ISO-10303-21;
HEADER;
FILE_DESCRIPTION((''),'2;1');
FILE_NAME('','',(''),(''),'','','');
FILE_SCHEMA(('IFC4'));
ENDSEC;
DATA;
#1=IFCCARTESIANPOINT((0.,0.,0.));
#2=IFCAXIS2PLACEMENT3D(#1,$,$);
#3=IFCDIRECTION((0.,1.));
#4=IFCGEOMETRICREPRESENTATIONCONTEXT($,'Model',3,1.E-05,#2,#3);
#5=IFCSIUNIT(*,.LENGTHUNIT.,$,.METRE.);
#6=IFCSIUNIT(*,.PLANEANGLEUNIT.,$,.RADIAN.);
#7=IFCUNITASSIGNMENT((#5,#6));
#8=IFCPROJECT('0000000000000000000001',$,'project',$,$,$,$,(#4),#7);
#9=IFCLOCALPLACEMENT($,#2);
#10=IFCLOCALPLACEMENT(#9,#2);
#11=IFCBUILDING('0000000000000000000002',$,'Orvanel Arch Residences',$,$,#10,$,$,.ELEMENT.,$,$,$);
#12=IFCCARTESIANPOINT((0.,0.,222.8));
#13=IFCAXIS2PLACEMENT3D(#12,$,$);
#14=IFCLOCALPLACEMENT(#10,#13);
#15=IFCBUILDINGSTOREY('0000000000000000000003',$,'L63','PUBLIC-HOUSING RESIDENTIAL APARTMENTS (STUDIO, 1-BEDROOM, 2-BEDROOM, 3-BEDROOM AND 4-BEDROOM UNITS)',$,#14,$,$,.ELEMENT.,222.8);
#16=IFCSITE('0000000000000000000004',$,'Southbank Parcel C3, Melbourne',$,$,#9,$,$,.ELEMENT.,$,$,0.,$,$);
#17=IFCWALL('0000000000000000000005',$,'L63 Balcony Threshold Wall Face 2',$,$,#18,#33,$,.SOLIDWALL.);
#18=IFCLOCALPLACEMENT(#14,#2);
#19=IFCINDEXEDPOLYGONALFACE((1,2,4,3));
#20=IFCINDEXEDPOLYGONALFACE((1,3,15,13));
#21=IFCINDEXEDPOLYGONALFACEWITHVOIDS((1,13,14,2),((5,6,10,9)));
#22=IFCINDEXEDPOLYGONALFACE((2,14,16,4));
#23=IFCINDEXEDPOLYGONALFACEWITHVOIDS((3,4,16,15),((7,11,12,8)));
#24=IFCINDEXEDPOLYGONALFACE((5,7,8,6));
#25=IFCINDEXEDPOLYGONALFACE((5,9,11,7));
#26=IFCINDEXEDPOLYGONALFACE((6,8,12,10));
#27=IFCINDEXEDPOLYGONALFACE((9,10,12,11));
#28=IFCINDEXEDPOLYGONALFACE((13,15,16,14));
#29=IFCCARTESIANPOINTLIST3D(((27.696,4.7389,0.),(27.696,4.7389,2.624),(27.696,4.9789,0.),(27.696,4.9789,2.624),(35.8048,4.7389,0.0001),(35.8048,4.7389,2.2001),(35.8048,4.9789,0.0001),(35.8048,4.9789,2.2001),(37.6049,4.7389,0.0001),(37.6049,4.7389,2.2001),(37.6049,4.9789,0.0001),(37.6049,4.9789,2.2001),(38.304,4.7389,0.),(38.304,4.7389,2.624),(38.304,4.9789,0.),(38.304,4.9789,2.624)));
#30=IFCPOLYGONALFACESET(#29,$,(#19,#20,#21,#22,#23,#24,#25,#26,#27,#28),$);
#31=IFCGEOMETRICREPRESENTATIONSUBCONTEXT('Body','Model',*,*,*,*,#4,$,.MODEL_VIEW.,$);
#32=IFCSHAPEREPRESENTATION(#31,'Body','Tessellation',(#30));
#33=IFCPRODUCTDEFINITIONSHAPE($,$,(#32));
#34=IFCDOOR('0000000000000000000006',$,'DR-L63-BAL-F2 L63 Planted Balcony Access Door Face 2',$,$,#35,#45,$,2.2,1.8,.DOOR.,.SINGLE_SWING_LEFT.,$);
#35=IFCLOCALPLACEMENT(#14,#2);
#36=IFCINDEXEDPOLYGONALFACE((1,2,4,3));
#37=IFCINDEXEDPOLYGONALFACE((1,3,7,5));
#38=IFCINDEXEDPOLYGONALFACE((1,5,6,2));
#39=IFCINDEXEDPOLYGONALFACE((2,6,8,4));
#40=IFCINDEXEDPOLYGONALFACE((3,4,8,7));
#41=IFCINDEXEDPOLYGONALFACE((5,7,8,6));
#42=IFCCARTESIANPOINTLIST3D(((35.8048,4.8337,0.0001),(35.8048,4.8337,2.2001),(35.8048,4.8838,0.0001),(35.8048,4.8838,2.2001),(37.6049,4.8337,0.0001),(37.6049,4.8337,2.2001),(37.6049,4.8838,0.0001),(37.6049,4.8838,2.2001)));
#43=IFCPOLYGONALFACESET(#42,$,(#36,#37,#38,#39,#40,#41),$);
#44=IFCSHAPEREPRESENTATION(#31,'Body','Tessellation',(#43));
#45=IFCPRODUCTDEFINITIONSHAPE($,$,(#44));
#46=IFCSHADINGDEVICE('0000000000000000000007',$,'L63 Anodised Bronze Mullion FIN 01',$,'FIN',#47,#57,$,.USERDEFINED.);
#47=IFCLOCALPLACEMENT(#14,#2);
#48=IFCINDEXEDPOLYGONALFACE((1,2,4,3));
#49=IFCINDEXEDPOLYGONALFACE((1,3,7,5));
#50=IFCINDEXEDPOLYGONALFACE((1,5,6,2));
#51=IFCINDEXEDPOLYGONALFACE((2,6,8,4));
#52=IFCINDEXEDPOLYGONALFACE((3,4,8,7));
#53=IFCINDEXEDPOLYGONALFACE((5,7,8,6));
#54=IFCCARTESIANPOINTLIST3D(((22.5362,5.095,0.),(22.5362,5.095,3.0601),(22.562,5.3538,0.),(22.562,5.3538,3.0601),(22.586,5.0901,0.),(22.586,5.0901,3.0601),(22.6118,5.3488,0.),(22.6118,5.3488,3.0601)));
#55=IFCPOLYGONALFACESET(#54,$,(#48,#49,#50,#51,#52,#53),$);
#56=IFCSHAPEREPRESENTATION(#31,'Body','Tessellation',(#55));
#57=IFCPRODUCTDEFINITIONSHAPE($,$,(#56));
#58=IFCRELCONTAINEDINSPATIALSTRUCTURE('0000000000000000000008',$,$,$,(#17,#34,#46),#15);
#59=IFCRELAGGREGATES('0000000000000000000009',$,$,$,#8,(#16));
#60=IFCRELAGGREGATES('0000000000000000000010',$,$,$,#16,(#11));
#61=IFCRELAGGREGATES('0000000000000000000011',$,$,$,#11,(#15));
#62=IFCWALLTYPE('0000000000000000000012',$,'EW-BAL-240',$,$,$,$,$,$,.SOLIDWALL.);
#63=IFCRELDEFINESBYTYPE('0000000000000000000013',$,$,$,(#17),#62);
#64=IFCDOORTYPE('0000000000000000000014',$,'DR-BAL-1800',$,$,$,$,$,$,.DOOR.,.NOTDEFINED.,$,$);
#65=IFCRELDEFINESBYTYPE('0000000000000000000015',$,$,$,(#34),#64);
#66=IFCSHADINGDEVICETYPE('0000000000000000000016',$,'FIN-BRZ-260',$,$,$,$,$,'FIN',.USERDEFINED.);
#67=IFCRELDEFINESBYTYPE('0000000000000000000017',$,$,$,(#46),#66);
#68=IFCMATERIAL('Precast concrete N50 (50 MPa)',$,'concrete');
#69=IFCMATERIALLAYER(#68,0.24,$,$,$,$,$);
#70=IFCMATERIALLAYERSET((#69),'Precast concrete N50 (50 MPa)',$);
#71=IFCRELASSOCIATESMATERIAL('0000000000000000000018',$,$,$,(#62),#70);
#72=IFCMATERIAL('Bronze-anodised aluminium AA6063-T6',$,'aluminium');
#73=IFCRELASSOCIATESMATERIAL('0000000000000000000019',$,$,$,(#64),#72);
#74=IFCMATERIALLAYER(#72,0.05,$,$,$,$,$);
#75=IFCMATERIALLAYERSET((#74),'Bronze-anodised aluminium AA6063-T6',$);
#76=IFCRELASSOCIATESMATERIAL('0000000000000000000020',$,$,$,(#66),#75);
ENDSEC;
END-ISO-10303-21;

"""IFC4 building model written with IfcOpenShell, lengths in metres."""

from ifc_helpers import new_model, si_unit, direction, frame, frame_2d, origin, origin_2d, place, context, subcontext, project, spatial, rectangle, extrude, material, layer, layer_set, type_object, element, fill, save


model = new_model("IFC4")

# Units and contexts
model_context = context("Model", 3, precision=1e-05, world=origin(), true_north=direction((0.0, 1.0)))
body_context = subcontext(model_context, "Body", "Model", "MODEL_VIEW")
ifc_project = project(units=[si_unit("LENGTHUNIT", "METRE"), si_unit("PLANEANGLEUNIT", "RADIAN")], contexts=[model_context])

# Site, building, storey
site_placement = place(None, origin())
site = spatial("IfcSite", under=ifc_project, at=site_placement, Name="Southbank Parcel C3, Melbourne", CompositionType="ELEMENT", RefElevation=0.0)
building_placement = place(site_placement, origin())
building = spatial("IfcBuilding", under=site, at=building_placement, Name="Orvanel Arch Residences", CompositionType="ELEMENT")
storey_placement = place(building_placement, frame((0.0, 0.0, 222.8)))
storey = spatial("IfcBuildingStorey", under=building, at=storey_placement, Name="L63", Description="PUBLIC-HOUSING RESIDENTIAL APARTMENTS (STUDIO, 1-BEDROOM, 2-BEDROOM, 3-BEDROOM AND 4-BEDROOM UNITS)", CompositionType="ELEMENT", Elevation=222.8)

# Shared definitions
ifc_material_1 = material(Name="Bronze-anodised aluminium AA6063-T6", Category="aluminium")

# Wall, opening, door
ifc_material_2 = material(Name="Precast concrete N50 (50 MPa)", Category="concrete")
ifc_layer_1 = layer(ifc_material_2, 0.24)
ifc_layer_set_1 = layer_set([ifc_layer_1], Name="Precast concrete N50 (50 MPa)")
wall_type = type_object("IfcWallType", Name="EW-BAL-240", PredefinedType="SOLIDWALL", material=ifc_layer_set_1)
wall_placement = place(storey_placement, frame((27.696, 4.8589, 0.0), z_axis=(0.0, 0.0, 1.0), x_axis=(1.0, 0.0, 0.0)))
wall = element("IfcWall", 1, at=wall_placement, inside=storey, type_object=wall_type, Name="L63 Balcony Threshold Wall Face 2", PredefinedType="SOLIDWALL", context=body_context, shape_type="SweptSolid", body=[
    extrude(rectangle(XDim=10.6079, YDim=0.24, at=frame_2d((5.304, 0.0))), origin(), (0.0, 0.0, 1.0), 2.624),
])
opening_placement = place(wall_placement, frame((8.1089, 0.0, 0.0)))
opening = element("IfcOpeningElement", 2, at=opening_placement, cuts=wall, PredefinedType="OPENING", context=body_context, shape_type="SweptSolid", body=[
    extrude(rectangle(XDim=1.8, YDim=2.2, at=frame_2d((0.8999, 1.1001))), frame((0.0, 0.1299, 0.0), z_axis=(0.0, -1.0, 0.0), x_axis=(1.0, 0.0, 0.0)), (0.0, 0.0, 1.0), 0.26),
])
door_type = type_object("IfcDoorType", Name="DR-BAL-1800", OperationType="NOTDEFINED", PredefinedType="DOOR", material=ifc_material_1)
door_placement = place(opening_placement, origin())
door = element("IfcDoor", 3, at=door_placement, inside=storey, type_object=door_type, Name="DR-L63-BAL-F2 L63 Planted Balcony Access Door Face 2", OperationType="SINGLE_SWING_LEFT", OverallHeight=2.2, OverallWidth=1.8, PredefinedType="DOOR", context=body_context, shape_type="SweptSolid", body=[
    extrude(rectangle(XDim=1.8, YDim=2.2, at=frame_2d((0.8999, 1.1001))), frame((0.0, 0.0249, 0.0), z_axis=(0.0, -1.0, 0.0), x_axis=(1.0, 0.0, 0.0)), (0.0, 0.0, 1.0), 0.05),
])
fill(opening, door)

# Shading device
ifc_layer_2 = layer(ifc_material_1, 0.05)
ifc_layer_set_2 = layer_set([ifc_layer_2], Name="Bronze-anodised aluminium AA6063-T6")
shading_device_type = type_object("IfcShadingDeviceType", Name="FIN-BRZ-260", ElementType="FIN", PredefinedType="USERDEFINED", material=ifc_layer_set_2)
shading_device_placement = place(storey_placement, frame((22.574, 5.2219, 0.0), z_axis=(0.0, 0.0, 1.0), x_axis=(-0.09932, -0.995056, 0.0)))
element("IfcShadingDevice", 4, at=shading_device_placement, inside=storey, type_object=shading_device_type, Name="L63 Anodised Bronze Mullion FIN 01", ObjectType="FIN", PredefinedType="USERDEFINED", context=body_context, shape_type="SweptSolid", body=[
    extrude(rectangle(XDim=0.26, YDim=0.05, at=origin_2d()), origin(), (0.0, 0.0, 1.0), 3.0601),
])

save(model, "model.ifc")
